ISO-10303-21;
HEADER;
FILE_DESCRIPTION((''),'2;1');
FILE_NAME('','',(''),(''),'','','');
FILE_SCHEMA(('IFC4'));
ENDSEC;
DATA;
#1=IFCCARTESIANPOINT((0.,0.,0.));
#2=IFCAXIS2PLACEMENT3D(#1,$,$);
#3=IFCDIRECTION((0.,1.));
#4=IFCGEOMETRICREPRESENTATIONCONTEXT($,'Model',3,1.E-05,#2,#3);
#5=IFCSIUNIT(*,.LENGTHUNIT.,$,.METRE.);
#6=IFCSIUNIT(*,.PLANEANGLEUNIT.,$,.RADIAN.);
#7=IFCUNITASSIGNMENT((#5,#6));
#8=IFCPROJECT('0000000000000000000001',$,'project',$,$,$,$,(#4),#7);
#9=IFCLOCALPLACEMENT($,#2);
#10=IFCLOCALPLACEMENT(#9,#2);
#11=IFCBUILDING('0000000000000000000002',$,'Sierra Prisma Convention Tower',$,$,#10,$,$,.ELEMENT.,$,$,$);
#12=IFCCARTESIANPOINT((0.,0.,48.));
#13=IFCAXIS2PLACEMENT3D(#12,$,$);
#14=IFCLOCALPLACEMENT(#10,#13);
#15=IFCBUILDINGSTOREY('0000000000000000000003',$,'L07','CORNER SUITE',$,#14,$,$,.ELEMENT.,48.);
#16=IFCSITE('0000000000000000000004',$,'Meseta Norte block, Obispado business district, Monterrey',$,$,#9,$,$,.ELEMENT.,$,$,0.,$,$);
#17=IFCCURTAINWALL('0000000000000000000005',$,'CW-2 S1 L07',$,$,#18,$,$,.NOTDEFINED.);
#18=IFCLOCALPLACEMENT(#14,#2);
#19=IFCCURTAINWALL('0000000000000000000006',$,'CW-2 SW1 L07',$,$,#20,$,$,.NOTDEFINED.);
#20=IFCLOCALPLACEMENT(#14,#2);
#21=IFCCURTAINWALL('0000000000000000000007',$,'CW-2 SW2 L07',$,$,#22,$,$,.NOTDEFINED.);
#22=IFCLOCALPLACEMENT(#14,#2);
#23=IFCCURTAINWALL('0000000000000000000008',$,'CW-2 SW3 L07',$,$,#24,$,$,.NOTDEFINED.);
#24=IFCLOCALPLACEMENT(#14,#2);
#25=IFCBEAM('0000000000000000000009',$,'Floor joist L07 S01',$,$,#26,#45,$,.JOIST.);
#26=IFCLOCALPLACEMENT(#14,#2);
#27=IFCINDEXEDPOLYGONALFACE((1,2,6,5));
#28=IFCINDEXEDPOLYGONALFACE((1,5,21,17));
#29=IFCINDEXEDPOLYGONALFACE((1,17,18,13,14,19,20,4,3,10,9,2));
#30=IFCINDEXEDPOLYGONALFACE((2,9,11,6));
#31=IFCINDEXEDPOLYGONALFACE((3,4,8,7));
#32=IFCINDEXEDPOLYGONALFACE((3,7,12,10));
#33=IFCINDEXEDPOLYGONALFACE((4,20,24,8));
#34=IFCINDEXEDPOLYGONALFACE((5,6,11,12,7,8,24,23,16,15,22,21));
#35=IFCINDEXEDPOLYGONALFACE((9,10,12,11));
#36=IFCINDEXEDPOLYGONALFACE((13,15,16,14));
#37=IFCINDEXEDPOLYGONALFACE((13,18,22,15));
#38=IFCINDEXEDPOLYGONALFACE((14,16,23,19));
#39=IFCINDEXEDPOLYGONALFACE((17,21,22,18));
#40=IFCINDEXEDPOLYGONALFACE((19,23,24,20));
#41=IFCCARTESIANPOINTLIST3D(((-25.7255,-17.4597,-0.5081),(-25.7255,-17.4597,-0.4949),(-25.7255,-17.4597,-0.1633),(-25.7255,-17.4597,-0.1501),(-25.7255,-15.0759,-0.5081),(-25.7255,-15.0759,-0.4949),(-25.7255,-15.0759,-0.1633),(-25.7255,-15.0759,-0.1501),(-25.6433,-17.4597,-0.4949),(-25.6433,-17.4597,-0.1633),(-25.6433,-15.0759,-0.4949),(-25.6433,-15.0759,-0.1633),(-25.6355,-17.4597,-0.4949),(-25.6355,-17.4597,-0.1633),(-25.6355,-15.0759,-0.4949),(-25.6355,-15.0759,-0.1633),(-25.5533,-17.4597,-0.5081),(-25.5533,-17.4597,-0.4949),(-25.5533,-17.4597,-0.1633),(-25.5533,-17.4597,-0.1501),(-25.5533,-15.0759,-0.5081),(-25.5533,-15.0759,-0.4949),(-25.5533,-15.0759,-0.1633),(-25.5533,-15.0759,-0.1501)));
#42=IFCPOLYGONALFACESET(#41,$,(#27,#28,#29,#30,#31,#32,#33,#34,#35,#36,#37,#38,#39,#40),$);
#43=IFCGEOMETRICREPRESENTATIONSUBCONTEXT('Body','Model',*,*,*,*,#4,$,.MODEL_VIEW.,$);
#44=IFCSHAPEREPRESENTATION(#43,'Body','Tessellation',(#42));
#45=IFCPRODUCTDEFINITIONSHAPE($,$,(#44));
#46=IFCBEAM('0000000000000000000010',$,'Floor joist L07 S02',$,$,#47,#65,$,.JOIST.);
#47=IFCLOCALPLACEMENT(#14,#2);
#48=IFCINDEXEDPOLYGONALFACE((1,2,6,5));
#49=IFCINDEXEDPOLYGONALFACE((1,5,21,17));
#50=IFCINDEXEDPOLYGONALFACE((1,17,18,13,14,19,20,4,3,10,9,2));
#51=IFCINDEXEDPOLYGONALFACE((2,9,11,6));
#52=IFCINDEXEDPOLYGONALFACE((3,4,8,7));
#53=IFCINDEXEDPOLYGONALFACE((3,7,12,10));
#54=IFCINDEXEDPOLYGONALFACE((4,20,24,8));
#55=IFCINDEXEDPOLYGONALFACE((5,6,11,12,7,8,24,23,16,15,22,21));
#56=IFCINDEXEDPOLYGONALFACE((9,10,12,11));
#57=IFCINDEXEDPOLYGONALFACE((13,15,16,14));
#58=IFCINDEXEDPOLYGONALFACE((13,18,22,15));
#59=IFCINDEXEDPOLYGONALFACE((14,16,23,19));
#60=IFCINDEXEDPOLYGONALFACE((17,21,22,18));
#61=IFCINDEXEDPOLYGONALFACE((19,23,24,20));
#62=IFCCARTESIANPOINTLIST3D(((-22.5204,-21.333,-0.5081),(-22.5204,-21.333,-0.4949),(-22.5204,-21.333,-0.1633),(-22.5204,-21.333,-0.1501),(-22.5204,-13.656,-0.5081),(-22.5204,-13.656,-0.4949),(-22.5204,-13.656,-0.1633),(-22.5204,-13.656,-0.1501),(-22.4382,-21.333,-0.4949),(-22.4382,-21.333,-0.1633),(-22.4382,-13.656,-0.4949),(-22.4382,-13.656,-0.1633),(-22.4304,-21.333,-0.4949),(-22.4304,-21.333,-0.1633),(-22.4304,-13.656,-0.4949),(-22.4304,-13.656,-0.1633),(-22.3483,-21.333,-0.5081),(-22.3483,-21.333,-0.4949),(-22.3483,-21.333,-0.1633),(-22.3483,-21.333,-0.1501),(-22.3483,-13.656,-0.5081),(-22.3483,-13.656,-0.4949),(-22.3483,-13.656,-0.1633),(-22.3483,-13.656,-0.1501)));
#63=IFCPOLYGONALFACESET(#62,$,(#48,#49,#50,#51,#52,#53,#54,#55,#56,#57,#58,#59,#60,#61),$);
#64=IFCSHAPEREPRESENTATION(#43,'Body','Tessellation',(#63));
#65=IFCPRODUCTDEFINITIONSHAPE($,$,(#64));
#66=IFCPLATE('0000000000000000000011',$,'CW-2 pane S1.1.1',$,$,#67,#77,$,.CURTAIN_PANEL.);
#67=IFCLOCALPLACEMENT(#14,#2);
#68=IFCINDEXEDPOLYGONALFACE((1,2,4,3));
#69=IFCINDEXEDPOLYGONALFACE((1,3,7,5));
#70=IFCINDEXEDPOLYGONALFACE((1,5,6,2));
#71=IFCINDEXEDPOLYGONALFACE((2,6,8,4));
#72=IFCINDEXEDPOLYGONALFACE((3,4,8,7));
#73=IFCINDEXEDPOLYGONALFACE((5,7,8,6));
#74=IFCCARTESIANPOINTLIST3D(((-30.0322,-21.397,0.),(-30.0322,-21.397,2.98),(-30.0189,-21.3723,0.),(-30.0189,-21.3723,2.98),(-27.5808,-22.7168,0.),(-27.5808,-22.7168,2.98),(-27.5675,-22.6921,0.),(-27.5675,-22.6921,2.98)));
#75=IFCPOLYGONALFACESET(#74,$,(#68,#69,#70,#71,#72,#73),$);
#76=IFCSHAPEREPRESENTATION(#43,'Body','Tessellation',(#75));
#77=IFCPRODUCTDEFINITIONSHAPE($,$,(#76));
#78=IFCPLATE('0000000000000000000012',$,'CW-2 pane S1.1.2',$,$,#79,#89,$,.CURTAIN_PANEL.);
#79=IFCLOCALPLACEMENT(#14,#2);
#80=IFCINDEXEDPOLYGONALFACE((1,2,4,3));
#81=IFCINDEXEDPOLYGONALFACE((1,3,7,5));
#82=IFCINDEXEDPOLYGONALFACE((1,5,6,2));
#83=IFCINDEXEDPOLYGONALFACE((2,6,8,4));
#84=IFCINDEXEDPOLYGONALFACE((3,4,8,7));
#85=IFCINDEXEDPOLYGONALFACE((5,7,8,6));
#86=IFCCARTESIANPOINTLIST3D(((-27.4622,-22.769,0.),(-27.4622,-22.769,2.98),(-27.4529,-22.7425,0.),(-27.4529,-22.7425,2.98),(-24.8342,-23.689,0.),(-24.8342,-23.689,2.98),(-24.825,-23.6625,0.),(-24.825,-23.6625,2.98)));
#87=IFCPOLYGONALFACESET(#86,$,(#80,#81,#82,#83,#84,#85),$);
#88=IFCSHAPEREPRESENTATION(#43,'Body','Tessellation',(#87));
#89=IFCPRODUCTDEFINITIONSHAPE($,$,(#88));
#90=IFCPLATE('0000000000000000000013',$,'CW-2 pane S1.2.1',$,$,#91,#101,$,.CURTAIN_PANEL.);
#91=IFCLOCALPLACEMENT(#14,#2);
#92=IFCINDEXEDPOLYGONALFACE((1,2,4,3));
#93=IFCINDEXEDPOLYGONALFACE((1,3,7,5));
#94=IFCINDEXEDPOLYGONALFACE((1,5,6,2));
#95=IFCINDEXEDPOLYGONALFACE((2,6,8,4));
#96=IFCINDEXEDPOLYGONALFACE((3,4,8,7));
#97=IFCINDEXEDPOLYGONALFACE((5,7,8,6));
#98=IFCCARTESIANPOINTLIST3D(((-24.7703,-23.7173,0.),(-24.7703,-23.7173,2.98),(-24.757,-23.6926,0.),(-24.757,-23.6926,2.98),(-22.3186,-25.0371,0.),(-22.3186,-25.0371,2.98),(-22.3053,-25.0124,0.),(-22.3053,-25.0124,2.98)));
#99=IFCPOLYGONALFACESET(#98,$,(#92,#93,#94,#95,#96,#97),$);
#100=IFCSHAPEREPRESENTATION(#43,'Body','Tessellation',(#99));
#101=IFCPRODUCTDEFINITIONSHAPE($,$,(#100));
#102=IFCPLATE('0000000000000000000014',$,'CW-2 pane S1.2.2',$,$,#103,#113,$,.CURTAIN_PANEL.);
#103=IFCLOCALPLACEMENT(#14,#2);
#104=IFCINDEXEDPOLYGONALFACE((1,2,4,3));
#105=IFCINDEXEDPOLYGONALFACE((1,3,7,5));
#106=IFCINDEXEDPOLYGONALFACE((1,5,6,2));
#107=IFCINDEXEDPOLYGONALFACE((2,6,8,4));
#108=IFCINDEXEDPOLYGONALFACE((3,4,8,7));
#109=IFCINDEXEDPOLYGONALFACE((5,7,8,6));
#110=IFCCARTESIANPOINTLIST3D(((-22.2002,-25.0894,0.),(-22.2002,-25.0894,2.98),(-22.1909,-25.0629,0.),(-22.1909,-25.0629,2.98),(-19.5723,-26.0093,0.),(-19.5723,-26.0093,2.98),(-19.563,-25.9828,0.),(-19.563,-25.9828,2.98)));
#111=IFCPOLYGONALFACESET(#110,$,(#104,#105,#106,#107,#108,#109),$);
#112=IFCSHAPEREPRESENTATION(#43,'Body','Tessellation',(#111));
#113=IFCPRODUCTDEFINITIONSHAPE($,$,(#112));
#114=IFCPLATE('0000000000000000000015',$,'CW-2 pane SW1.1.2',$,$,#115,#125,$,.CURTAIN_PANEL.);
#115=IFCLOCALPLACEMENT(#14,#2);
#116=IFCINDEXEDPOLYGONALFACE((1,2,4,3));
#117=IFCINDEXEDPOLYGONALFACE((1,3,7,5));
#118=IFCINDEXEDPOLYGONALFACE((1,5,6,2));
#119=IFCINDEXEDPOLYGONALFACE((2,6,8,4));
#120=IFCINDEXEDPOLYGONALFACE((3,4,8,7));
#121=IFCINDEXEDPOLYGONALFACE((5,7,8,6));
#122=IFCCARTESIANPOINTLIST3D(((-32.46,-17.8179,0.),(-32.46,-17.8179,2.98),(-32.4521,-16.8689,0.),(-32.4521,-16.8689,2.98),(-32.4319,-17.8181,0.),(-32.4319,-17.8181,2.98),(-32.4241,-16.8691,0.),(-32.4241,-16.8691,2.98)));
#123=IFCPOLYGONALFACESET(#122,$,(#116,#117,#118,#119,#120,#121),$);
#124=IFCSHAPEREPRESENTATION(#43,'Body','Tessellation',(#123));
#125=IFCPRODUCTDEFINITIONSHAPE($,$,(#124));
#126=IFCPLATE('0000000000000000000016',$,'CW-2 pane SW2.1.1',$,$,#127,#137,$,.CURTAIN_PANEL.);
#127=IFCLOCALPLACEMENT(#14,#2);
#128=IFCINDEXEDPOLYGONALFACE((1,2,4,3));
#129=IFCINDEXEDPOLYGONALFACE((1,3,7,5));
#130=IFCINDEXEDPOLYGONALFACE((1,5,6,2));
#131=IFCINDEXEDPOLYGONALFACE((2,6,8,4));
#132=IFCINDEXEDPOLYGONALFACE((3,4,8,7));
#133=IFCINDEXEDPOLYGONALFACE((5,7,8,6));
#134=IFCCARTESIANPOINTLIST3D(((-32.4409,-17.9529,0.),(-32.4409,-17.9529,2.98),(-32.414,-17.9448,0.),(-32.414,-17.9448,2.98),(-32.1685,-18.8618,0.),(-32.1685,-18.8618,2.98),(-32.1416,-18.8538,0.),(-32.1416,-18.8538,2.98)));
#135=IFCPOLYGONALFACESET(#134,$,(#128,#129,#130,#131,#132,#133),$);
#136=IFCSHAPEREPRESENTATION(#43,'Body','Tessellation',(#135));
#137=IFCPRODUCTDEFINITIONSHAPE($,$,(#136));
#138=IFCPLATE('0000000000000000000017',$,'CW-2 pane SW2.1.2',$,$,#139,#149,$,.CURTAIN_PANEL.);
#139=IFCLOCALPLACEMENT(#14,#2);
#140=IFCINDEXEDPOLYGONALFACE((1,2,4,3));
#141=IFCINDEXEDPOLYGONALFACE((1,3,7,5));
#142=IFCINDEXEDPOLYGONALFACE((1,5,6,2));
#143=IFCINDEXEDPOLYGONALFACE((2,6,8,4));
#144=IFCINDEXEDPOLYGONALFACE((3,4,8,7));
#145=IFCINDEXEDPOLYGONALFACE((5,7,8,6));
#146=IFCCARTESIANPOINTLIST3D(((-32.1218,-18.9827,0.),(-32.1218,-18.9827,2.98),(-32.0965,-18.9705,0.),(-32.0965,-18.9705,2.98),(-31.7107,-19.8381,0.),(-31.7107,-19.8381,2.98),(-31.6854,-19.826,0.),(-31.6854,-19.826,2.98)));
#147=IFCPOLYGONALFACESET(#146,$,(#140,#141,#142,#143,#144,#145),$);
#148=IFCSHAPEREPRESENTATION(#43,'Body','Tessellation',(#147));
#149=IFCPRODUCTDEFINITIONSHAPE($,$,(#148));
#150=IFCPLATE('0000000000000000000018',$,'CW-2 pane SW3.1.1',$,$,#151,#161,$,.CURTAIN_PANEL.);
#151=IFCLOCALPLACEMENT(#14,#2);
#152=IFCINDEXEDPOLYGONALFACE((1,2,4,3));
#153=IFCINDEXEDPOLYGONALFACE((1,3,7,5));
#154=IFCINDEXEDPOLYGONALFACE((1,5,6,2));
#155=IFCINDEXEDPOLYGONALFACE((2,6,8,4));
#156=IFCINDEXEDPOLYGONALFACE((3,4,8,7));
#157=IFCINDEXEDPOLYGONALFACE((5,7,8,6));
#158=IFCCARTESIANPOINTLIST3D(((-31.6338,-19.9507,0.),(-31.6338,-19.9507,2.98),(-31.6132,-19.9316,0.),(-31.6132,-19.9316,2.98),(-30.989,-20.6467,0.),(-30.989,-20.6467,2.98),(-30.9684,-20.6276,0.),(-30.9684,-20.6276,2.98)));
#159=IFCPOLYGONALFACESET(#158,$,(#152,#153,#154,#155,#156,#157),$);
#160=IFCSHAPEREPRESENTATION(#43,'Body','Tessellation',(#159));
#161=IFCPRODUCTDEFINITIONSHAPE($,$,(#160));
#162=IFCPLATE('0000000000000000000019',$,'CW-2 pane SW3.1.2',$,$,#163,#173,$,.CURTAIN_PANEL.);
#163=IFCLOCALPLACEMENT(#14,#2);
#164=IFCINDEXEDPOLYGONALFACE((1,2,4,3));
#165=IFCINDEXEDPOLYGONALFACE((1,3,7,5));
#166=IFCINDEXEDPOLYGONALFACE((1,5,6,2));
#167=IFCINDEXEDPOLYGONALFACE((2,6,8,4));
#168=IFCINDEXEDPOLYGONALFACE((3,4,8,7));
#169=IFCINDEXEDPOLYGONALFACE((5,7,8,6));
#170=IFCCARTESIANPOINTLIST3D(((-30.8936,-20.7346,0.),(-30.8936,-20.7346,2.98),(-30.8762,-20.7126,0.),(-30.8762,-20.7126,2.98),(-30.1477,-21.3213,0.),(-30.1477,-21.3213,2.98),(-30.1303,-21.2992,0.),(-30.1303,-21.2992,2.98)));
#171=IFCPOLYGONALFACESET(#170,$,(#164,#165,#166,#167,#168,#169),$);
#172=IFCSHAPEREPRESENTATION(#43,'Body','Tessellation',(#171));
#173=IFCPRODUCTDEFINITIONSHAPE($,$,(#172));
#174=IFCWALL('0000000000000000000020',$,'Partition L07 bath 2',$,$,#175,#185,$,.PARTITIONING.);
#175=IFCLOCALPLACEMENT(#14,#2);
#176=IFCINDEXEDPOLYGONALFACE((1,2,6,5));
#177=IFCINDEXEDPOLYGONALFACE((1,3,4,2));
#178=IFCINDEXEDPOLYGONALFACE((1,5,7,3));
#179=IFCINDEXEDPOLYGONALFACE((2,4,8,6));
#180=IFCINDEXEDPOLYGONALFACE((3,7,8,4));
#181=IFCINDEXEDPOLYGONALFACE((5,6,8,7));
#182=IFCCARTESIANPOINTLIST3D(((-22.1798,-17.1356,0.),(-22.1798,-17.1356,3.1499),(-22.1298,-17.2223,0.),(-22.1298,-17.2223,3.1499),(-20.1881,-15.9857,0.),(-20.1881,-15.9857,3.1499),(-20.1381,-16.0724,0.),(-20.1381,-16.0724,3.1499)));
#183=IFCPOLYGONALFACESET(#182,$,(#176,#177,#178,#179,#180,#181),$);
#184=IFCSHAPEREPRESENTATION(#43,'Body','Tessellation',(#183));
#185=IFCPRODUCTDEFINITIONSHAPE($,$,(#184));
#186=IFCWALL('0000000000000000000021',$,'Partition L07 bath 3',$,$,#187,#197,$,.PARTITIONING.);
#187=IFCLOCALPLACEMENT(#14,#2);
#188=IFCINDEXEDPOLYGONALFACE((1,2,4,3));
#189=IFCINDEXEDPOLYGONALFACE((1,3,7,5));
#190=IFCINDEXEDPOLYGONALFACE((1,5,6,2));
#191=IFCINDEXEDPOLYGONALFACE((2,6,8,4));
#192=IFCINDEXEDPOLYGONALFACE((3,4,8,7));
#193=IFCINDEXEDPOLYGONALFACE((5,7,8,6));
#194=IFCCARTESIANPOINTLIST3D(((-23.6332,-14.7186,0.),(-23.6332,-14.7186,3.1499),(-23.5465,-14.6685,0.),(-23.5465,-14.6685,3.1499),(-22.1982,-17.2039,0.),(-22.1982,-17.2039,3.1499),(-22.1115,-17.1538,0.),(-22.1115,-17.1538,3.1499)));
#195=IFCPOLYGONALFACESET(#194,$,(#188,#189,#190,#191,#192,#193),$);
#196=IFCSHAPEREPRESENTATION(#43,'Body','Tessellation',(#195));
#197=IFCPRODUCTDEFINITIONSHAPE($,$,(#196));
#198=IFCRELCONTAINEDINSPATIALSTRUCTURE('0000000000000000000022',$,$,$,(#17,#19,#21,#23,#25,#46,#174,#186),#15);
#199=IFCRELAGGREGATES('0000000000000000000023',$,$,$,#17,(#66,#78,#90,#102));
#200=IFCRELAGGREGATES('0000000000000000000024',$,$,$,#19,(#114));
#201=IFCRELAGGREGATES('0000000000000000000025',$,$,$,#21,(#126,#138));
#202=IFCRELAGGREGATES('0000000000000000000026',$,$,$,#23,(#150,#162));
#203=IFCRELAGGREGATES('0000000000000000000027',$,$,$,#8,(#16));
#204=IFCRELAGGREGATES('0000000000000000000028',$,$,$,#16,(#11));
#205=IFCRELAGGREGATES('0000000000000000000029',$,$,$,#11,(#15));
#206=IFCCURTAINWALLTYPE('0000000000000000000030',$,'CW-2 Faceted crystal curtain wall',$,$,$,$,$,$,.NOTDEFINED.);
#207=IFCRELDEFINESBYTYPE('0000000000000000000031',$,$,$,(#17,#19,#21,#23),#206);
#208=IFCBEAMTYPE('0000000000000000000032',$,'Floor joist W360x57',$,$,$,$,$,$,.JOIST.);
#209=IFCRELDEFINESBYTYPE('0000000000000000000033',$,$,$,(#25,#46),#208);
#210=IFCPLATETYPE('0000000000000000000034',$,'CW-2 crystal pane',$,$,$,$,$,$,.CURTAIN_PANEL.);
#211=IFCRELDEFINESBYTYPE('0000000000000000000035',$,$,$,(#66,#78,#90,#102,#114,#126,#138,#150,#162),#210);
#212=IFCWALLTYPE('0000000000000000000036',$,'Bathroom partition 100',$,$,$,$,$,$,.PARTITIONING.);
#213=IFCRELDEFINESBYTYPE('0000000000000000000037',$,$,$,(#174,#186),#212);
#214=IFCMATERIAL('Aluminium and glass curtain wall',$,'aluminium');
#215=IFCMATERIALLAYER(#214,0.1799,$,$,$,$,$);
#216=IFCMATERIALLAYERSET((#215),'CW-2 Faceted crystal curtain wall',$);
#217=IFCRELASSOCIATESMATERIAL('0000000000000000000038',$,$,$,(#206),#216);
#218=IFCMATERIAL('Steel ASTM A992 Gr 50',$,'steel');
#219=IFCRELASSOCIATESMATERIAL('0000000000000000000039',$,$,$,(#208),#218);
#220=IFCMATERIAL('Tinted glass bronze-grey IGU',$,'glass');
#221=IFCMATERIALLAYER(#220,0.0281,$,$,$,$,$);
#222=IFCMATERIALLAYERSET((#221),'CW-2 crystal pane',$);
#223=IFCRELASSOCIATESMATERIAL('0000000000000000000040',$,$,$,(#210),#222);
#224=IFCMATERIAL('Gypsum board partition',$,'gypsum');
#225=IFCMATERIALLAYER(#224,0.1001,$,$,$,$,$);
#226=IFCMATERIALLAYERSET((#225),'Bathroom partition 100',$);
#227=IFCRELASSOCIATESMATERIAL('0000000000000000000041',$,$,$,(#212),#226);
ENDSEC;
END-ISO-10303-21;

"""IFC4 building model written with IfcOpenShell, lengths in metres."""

from ifc_helpers import new_model, si_unit, direction, frame, frame_2d, origin, origin_2d, place, context, subcontext, project, spatial, polyline, rectangle, i_section, outline, extrude, material, layer, layer_set, material_profile, profile_set, type_object, element, aggregate, save


model = new_model("IFC4")

# Units and contexts
model_context = context("Model", 3, precision=1e-05, world=origin(), true_north=direction((0.0, 1.0)))
body_context = subcontext(model_context, "Body", "Model", "MODEL_VIEW")
ifc_project = project(units=[si_unit("LENGTHUNIT", "METRE"), si_unit("PLANEANGLEUNIT", "RADIAN")], contexts=[model_context])

# Site, building, storey
site_placement = place(None, origin())
site = spatial("IfcSite", under=ifc_project, at=site_placement, Name="Meseta Norte block, Obispado business district, Monterrey", CompositionType="ELEMENT", RefElevation=0.0)
building_placement = place(site_placement, origin())
building = spatial("IfcBuilding", under=site, at=building_placement, Name="Sierra Prisma Convention Tower", CompositionType="ELEMENT")
storey_placement = place(building_placement, frame((0.0, 0.0, 48.0)))
storey = spatial("IfcBuildingStorey", under=building, at=storey_placement, Name="L07", Description="CORNER SUITE", CompositionType="ELEMENT", Elevation=48.0)

# Curtain wall
ifc_material_1 = material(Name="Aluminium and glass curtain wall", Category="aluminium")
ifc_layer_1 = layer(ifc_material_1, 0.1799)
ifc_layer_set_1 = layer_set([ifc_layer_1], Name="CW-2 Faceted crystal curtain wall")
curtain_wall_type = type_object("IfcCurtainWallType", Name="CW-2 Faceted crystal curtain wall", PredefinedType="NOTDEFINED", material=ifc_layer_set_1)
curtain_wall_1_placement = place(storey_placement, origin())
curtain_wall_1 = element("IfcCurtainWall", 1, at=curtain_wall_1_placement, inside=storey, type_object=curtain_wall_type, Name="CW-2 S1 L07", PredefinedType="NOTDEFINED")

# Curtain walls
curtain_wall_2_placement = place(storey_placement, origin())
curtain_wall_2 = element("IfcCurtainWall", 2, at=curtain_wall_2_placement, inside=storey, type_object=curtain_wall_type, Name="CW-2 SW1 L07", PredefinedType="NOTDEFINED")
curtain_wall_3_placement = place(storey_placement, origin())
curtain_wall_3 = element("IfcCurtainWall", 3, at=curtain_wall_3_placement, inside=storey, type_object=curtain_wall_type, Name="CW-2 SW2 L07", PredefinedType="NOTDEFINED")
curtain_wall_4_placement = place(storey_placement, origin())
curtain_wall_4 = element("IfcCurtainWall", 4, at=curtain_wall_4_placement, inside=storey, type_object=curtain_wall_type, Name="CW-2 SW3 L07", PredefinedType="NOTDEFINED")

# Beams
ifc_material_2 = material(Name="Steel ASTM A992 Gr 50", Category="steel")
ifc_material_profile_1 = material_profile(ifc_material_2, i_section(OverallWidth=0.1721, OverallDepth=0.3579, WebThickness=0.0078, FlangeThickness=0.0132, at=origin_2d()), Name="W360x57")
ifc_profile_set_1 = profile_set([ifc_material_profile_1], Name="Steel ASTM A992 Gr 50")
beam_type = type_object("IfcBeamType", Name="Floor joist W360x57", PredefinedType="JOIST", material=ifc_profile_set_1)
beam_1_placement = place(storey_placement, frame((-25.6394, -17.4597, -0.3291), z_axis=(0.0, 1.0, 0.0), x_axis=(-1.0, 0.0, 0.0)))
element("IfcBeam", 5, at=beam_1_placement, inside=storey, type_object=beam_type, Name="Floor joist L07 S01", PredefinedType="JOIST", context=body_context, shape_type="SweptSolid", body=[
    extrude(i_section(OverallWidth=0.1721, OverallDepth=0.3579, WebThickness=0.0078, FlangeThickness=0.0132, at=origin_2d()), origin(), (0.0, 0.0, 1.0), 2.3838),
])
beam_2_placement = place(storey_placement, frame((-22.4343, -21.333, -0.3291), z_axis=(0.0, 1.0, 0.0), x_axis=(-1.0, 0.0, 0.0)))
element("IfcBeam", 6, at=beam_2_placement, inside=storey, type_object=beam_type, Name="Floor joist L07 S02", PredefinedType="JOIST", context=body_context, shape_type="SweptSolid", body=[
    extrude(i_section(OverallWidth=0.1721, OverallDepth=0.3579, WebThickness=0.0078, FlangeThickness=0.0132, at=origin_2d()), origin(), (0.0, 0.0, 1.0), 7.677),
])

# Plates
ifc_material_3 = material(Name="Tinted glass bronze-grey IGU", Category="glass")
ifc_layer_2 = layer(ifc_material_3, 0.0281)
ifc_layer_set_2 = layer_set([ifc_layer_2], Name="CW-2 crystal pane")
plate_type = type_object("IfcPlateType", Name="CW-2 crystal pane", PredefinedType="CURTAIN_PANEL", material=ifc_layer_set_2)
plate_1_placement = place(storey_placement, frame((-30.0322, -21.397, 0.0), z_axis=(-0.474053, -0.880496, 0.0), x_axis=(0.880496, -0.474053, 0.0)))
plate_1 = element("IfcPlate", 7, at=plate_1_placement, type_object=plate_type, Name="CW-2 pane S1.1.1", PredefinedType="CURTAIN_PANEL", context=body_context, shape_type="SweptSolid", body=[
    extrude(outline(polyline([(0.0, 0.0), (2.7841, 0.0), (2.7841, 2.98), (0.0, 2.98), (0.0, 0.0)])), origin(), (0.0, 0.0, -1.0), 0.0281),
])
plate_2_placement = place(storey_placement, frame((-24.8342, -23.689, 0.0), z_axis=(-0.330397, -0.943842, 0.0), x_axis=(-0.943842, 0.330397, 0.0)))
plate_2 = element("IfcPlate", 8, at=plate_2_placement, type_object=plate_type, Name="CW-2 pane S1.1.2", PredefinedType="CURTAIN_PANEL", context=body_context, shape_type="SweptSolid", body=[
    extrude(outline(polyline([(0.0, 0.0), (2.7843, 0.0), (2.7843, -2.98), (0.0, -2.98), (0.0, 0.0)])), origin(), (0.0, 0.0, -1.0), 0.0281),
])
plate_3_placement = place(storey_placement, frame((-24.7703, -23.7173, 0.0), z_axis=(-0.474016, -0.880516, 0.0), x_axis=(0.880516, -0.474016, 0.0)))
plate_3 = element("IfcPlate", 9, at=plate_3_placement, type_object=plate_type, Name="CW-2 pane S1.2.1", PredefinedType="CURTAIN_PANEL", context=body_context, shape_type="SweptSolid", body=[
    extrude(outline(polyline([(0.0, 0.0), (2.7843, 0.0), (2.7843, 2.98), (0.0, 2.98), (0.0, 0.0)])), origin(), (0.0, 0.0, -1.0), 0.0281),
])
plate_4_placement = place(storey_placement, frame((-19.5723, -26.0093, 0.0), z_axis=(-0.330397, -0.943842, 0.0), x_axis=(-0.943842, 0.330397, 0.0)))
plate_4 = element("IfcPlate", 10, at=plate_4_placement, type_object=plate_type, Name="CW-2 pane S1.2.2", PredefinedType="CURTAIN_PANEL", context=body_context, shape_type="SweptSolid", body=[
    extrude(outline(polyline([(0.0, 0.0), (2.7843, 0.0), (2.7843, -2.98), (0.0, -2.98), (0.0, 0.0)])), origin(), (0.0, 0.0, -1.0), 0.0281),
])
aggregate(curtain_wall_1, [plate_1, plate_2, plate_3, plate_4])
plate_5_placement = place(storey_placement, frame((-32.46, -17.8179, 0.0), z_axis=(-0.999966, 0.008232, 0.0), x_axis=(0.008232, 0.999966, 0.0)))
plate_5 = element("IfcPlate", 11, at=plate_5_placement, type_object=plate_type, Name="CW-2 pane SW1.1.2", PredefinedType="CURTAIN_PANEL", context=body_context, shape_type="SweptSolid", body=[
    extrude(outline(polyline([(0.0, 0.0), (0.949, 0.0), (0.949, -2.98), (0.0, -2.98), (0.0, 0.0)])), origin(), (0.0, 0.0, -1.0), 0.0281),
])
aggregate(curtain_wall_2, [plate_5])
plate_6_placement = place(storey_placement, frame((-32.4409, -17.9529, 0.0), z_axis=(-0.95789, -0.287135, 0.0), x_axis=(0.287135, -0.95789, 0.0)))
plate_6 = element("IfcPlate", 12, at=plate_6_placement, type_object=plate_type, Name="CW-2 pane SW2.1.1", PredefinedType="CURTAIN_PANEL", context=body_context, shape_type="SweptSolid", body=[
    extrude(outline(polyline([(0.0, 0.0), (0.9489, 0.0), (0.9489, 2.98), (0.0, 2.98), (0.0, 0.0)])), origin(), (0.0, 0.0, -1.0), 0.0281),
])
plate_7_placement = place(storey_placement, frame((-31.7107, -19.8381, 0.0), z_axis=(-0.901314, -0.433166, 0.0), x_axis=(-0.433166, 0.901314, 0.0)))
plate_7 = element("IfcPlate", 13, at=plate_7_placement, type_object=plate_type, Name="CW-2 pane SW2.1.2", PredefinedType="CURTAIN_PANEL", context=body_context, shape_type="SweptSolid", body=[
    extrude(outline(polyline([(0.0, 0.0), (0.9491, 0.0), (0.9491, -2.98), (0.0, -2.98), (0.0, 0.0)])), origin(), (0.0, 0.0, -1.0), 0.0281),
])
aggregate(curtain_wall_3, [plate_6, plate_7])
plate_8_placement = place(storey_placement, frame((-31.6338, -19.9507, 0.0), z_axis=(-0.733609, -0.679572, 0.0), x_axis=(0.679572, -0.733609, 0.0)))
plate_8 = element("IfcPlate", 14, at=plate_8_placement, type_object=plate_type, Name="CW-2 pane SW3.1.1", PredefinedType="CURTAIN_PANEL", context=body_context, shape_type="SweptSolid", body=[
    extrude(outline(polyline([(0.0, 0.0), (0.9488, 0.0), (0.9488, 2.98), (0.0, 2.98), (0.0, 0.0)])), origin(), (0.0, 0.0, -1.0), 0.0281),
])
plate_9_placement = place(storey_placement, frame((-30.1477, -21.3213, 0.0), z_axis=(-0.618242, -0.785988, 0.0), x_axis=(-0.785988, 0.618242, 0.0)))
plate_9 = element("IfcPlate", 15, at=plate_9_placement, type_object=plate_type, Name="CW-2 pane SW3.1.2", PredefinedType="CURTAIN_PANEL", context=body_context, shape_type="SweptSolid", body=[
    extrude(outline(polyline([(0.0, 0.0), (0.9489, 0.0), (0.9489, -2.98), (0.0, -2.98), (0.0, 0.0)])), origin(), (0.0, 0.0, -1.0), 0.0281),
])
aggregate(curtain_wall_4, [plate_8, plate_9])

# Walls
ifc_material_4 = material(Name="Gypsum board partition", Category="gypsum")
ifc_layer_3 = layer(ifc_material_4, 0.1001)
ifc_layer_set_3 = layer_set([ifc_layer_3], Name="Bathroom partition 100")
wall_type_1 = type_object("IfcWallType", Name="Bathroom partition 100", PredefinedType="PARTITIONING", material=ifc_layer_set_3)
wall_1_placement = place(storey_placement, frame((-20.1631, -16.0291, 0.0), z_axis=(0.0, 0.0, 1.0), x_axis=(-0.866026, -0.499998, 0.0)))
element("IfcWall", 16, at=wall_1_placement, inside=storey, type_object=wall_type_1, Name="Partition L07 bath 2", PredefinedType="PARTITIONING", context=body_context, shape_type="SweptSolid", body=[
    extrude(rectangle(XDim=2.2998, YDim=0.1001, at=frame_2d((1.1499, 0.0))), origin(), (0.0, 0.0, 1.0), 3.1499),
])
wall_2_placement = place(storey_placement, frame((-22.1548, -17.179, 0.0), z_axis=(0.0, 0.0, 1.0), x_axis=(-0.500037, 0.866004, 0.0)))
element("IfcWall", 17, at=wall_2_placement, inside=storey, type_object=wall_type_1, Name="Partition L07 bath 3", PredefinedType="PARTITIONING", context=body_context, shape_type="SweptSolid", body=[
    extrude(rectangle(XDim=2.8699, YDim=0.1001, at=frame_2d((1.4351, 0.0))), origin(), (0.0, 0.0, 1.0), 3.1499),
])

save(model, "model.ifc")
